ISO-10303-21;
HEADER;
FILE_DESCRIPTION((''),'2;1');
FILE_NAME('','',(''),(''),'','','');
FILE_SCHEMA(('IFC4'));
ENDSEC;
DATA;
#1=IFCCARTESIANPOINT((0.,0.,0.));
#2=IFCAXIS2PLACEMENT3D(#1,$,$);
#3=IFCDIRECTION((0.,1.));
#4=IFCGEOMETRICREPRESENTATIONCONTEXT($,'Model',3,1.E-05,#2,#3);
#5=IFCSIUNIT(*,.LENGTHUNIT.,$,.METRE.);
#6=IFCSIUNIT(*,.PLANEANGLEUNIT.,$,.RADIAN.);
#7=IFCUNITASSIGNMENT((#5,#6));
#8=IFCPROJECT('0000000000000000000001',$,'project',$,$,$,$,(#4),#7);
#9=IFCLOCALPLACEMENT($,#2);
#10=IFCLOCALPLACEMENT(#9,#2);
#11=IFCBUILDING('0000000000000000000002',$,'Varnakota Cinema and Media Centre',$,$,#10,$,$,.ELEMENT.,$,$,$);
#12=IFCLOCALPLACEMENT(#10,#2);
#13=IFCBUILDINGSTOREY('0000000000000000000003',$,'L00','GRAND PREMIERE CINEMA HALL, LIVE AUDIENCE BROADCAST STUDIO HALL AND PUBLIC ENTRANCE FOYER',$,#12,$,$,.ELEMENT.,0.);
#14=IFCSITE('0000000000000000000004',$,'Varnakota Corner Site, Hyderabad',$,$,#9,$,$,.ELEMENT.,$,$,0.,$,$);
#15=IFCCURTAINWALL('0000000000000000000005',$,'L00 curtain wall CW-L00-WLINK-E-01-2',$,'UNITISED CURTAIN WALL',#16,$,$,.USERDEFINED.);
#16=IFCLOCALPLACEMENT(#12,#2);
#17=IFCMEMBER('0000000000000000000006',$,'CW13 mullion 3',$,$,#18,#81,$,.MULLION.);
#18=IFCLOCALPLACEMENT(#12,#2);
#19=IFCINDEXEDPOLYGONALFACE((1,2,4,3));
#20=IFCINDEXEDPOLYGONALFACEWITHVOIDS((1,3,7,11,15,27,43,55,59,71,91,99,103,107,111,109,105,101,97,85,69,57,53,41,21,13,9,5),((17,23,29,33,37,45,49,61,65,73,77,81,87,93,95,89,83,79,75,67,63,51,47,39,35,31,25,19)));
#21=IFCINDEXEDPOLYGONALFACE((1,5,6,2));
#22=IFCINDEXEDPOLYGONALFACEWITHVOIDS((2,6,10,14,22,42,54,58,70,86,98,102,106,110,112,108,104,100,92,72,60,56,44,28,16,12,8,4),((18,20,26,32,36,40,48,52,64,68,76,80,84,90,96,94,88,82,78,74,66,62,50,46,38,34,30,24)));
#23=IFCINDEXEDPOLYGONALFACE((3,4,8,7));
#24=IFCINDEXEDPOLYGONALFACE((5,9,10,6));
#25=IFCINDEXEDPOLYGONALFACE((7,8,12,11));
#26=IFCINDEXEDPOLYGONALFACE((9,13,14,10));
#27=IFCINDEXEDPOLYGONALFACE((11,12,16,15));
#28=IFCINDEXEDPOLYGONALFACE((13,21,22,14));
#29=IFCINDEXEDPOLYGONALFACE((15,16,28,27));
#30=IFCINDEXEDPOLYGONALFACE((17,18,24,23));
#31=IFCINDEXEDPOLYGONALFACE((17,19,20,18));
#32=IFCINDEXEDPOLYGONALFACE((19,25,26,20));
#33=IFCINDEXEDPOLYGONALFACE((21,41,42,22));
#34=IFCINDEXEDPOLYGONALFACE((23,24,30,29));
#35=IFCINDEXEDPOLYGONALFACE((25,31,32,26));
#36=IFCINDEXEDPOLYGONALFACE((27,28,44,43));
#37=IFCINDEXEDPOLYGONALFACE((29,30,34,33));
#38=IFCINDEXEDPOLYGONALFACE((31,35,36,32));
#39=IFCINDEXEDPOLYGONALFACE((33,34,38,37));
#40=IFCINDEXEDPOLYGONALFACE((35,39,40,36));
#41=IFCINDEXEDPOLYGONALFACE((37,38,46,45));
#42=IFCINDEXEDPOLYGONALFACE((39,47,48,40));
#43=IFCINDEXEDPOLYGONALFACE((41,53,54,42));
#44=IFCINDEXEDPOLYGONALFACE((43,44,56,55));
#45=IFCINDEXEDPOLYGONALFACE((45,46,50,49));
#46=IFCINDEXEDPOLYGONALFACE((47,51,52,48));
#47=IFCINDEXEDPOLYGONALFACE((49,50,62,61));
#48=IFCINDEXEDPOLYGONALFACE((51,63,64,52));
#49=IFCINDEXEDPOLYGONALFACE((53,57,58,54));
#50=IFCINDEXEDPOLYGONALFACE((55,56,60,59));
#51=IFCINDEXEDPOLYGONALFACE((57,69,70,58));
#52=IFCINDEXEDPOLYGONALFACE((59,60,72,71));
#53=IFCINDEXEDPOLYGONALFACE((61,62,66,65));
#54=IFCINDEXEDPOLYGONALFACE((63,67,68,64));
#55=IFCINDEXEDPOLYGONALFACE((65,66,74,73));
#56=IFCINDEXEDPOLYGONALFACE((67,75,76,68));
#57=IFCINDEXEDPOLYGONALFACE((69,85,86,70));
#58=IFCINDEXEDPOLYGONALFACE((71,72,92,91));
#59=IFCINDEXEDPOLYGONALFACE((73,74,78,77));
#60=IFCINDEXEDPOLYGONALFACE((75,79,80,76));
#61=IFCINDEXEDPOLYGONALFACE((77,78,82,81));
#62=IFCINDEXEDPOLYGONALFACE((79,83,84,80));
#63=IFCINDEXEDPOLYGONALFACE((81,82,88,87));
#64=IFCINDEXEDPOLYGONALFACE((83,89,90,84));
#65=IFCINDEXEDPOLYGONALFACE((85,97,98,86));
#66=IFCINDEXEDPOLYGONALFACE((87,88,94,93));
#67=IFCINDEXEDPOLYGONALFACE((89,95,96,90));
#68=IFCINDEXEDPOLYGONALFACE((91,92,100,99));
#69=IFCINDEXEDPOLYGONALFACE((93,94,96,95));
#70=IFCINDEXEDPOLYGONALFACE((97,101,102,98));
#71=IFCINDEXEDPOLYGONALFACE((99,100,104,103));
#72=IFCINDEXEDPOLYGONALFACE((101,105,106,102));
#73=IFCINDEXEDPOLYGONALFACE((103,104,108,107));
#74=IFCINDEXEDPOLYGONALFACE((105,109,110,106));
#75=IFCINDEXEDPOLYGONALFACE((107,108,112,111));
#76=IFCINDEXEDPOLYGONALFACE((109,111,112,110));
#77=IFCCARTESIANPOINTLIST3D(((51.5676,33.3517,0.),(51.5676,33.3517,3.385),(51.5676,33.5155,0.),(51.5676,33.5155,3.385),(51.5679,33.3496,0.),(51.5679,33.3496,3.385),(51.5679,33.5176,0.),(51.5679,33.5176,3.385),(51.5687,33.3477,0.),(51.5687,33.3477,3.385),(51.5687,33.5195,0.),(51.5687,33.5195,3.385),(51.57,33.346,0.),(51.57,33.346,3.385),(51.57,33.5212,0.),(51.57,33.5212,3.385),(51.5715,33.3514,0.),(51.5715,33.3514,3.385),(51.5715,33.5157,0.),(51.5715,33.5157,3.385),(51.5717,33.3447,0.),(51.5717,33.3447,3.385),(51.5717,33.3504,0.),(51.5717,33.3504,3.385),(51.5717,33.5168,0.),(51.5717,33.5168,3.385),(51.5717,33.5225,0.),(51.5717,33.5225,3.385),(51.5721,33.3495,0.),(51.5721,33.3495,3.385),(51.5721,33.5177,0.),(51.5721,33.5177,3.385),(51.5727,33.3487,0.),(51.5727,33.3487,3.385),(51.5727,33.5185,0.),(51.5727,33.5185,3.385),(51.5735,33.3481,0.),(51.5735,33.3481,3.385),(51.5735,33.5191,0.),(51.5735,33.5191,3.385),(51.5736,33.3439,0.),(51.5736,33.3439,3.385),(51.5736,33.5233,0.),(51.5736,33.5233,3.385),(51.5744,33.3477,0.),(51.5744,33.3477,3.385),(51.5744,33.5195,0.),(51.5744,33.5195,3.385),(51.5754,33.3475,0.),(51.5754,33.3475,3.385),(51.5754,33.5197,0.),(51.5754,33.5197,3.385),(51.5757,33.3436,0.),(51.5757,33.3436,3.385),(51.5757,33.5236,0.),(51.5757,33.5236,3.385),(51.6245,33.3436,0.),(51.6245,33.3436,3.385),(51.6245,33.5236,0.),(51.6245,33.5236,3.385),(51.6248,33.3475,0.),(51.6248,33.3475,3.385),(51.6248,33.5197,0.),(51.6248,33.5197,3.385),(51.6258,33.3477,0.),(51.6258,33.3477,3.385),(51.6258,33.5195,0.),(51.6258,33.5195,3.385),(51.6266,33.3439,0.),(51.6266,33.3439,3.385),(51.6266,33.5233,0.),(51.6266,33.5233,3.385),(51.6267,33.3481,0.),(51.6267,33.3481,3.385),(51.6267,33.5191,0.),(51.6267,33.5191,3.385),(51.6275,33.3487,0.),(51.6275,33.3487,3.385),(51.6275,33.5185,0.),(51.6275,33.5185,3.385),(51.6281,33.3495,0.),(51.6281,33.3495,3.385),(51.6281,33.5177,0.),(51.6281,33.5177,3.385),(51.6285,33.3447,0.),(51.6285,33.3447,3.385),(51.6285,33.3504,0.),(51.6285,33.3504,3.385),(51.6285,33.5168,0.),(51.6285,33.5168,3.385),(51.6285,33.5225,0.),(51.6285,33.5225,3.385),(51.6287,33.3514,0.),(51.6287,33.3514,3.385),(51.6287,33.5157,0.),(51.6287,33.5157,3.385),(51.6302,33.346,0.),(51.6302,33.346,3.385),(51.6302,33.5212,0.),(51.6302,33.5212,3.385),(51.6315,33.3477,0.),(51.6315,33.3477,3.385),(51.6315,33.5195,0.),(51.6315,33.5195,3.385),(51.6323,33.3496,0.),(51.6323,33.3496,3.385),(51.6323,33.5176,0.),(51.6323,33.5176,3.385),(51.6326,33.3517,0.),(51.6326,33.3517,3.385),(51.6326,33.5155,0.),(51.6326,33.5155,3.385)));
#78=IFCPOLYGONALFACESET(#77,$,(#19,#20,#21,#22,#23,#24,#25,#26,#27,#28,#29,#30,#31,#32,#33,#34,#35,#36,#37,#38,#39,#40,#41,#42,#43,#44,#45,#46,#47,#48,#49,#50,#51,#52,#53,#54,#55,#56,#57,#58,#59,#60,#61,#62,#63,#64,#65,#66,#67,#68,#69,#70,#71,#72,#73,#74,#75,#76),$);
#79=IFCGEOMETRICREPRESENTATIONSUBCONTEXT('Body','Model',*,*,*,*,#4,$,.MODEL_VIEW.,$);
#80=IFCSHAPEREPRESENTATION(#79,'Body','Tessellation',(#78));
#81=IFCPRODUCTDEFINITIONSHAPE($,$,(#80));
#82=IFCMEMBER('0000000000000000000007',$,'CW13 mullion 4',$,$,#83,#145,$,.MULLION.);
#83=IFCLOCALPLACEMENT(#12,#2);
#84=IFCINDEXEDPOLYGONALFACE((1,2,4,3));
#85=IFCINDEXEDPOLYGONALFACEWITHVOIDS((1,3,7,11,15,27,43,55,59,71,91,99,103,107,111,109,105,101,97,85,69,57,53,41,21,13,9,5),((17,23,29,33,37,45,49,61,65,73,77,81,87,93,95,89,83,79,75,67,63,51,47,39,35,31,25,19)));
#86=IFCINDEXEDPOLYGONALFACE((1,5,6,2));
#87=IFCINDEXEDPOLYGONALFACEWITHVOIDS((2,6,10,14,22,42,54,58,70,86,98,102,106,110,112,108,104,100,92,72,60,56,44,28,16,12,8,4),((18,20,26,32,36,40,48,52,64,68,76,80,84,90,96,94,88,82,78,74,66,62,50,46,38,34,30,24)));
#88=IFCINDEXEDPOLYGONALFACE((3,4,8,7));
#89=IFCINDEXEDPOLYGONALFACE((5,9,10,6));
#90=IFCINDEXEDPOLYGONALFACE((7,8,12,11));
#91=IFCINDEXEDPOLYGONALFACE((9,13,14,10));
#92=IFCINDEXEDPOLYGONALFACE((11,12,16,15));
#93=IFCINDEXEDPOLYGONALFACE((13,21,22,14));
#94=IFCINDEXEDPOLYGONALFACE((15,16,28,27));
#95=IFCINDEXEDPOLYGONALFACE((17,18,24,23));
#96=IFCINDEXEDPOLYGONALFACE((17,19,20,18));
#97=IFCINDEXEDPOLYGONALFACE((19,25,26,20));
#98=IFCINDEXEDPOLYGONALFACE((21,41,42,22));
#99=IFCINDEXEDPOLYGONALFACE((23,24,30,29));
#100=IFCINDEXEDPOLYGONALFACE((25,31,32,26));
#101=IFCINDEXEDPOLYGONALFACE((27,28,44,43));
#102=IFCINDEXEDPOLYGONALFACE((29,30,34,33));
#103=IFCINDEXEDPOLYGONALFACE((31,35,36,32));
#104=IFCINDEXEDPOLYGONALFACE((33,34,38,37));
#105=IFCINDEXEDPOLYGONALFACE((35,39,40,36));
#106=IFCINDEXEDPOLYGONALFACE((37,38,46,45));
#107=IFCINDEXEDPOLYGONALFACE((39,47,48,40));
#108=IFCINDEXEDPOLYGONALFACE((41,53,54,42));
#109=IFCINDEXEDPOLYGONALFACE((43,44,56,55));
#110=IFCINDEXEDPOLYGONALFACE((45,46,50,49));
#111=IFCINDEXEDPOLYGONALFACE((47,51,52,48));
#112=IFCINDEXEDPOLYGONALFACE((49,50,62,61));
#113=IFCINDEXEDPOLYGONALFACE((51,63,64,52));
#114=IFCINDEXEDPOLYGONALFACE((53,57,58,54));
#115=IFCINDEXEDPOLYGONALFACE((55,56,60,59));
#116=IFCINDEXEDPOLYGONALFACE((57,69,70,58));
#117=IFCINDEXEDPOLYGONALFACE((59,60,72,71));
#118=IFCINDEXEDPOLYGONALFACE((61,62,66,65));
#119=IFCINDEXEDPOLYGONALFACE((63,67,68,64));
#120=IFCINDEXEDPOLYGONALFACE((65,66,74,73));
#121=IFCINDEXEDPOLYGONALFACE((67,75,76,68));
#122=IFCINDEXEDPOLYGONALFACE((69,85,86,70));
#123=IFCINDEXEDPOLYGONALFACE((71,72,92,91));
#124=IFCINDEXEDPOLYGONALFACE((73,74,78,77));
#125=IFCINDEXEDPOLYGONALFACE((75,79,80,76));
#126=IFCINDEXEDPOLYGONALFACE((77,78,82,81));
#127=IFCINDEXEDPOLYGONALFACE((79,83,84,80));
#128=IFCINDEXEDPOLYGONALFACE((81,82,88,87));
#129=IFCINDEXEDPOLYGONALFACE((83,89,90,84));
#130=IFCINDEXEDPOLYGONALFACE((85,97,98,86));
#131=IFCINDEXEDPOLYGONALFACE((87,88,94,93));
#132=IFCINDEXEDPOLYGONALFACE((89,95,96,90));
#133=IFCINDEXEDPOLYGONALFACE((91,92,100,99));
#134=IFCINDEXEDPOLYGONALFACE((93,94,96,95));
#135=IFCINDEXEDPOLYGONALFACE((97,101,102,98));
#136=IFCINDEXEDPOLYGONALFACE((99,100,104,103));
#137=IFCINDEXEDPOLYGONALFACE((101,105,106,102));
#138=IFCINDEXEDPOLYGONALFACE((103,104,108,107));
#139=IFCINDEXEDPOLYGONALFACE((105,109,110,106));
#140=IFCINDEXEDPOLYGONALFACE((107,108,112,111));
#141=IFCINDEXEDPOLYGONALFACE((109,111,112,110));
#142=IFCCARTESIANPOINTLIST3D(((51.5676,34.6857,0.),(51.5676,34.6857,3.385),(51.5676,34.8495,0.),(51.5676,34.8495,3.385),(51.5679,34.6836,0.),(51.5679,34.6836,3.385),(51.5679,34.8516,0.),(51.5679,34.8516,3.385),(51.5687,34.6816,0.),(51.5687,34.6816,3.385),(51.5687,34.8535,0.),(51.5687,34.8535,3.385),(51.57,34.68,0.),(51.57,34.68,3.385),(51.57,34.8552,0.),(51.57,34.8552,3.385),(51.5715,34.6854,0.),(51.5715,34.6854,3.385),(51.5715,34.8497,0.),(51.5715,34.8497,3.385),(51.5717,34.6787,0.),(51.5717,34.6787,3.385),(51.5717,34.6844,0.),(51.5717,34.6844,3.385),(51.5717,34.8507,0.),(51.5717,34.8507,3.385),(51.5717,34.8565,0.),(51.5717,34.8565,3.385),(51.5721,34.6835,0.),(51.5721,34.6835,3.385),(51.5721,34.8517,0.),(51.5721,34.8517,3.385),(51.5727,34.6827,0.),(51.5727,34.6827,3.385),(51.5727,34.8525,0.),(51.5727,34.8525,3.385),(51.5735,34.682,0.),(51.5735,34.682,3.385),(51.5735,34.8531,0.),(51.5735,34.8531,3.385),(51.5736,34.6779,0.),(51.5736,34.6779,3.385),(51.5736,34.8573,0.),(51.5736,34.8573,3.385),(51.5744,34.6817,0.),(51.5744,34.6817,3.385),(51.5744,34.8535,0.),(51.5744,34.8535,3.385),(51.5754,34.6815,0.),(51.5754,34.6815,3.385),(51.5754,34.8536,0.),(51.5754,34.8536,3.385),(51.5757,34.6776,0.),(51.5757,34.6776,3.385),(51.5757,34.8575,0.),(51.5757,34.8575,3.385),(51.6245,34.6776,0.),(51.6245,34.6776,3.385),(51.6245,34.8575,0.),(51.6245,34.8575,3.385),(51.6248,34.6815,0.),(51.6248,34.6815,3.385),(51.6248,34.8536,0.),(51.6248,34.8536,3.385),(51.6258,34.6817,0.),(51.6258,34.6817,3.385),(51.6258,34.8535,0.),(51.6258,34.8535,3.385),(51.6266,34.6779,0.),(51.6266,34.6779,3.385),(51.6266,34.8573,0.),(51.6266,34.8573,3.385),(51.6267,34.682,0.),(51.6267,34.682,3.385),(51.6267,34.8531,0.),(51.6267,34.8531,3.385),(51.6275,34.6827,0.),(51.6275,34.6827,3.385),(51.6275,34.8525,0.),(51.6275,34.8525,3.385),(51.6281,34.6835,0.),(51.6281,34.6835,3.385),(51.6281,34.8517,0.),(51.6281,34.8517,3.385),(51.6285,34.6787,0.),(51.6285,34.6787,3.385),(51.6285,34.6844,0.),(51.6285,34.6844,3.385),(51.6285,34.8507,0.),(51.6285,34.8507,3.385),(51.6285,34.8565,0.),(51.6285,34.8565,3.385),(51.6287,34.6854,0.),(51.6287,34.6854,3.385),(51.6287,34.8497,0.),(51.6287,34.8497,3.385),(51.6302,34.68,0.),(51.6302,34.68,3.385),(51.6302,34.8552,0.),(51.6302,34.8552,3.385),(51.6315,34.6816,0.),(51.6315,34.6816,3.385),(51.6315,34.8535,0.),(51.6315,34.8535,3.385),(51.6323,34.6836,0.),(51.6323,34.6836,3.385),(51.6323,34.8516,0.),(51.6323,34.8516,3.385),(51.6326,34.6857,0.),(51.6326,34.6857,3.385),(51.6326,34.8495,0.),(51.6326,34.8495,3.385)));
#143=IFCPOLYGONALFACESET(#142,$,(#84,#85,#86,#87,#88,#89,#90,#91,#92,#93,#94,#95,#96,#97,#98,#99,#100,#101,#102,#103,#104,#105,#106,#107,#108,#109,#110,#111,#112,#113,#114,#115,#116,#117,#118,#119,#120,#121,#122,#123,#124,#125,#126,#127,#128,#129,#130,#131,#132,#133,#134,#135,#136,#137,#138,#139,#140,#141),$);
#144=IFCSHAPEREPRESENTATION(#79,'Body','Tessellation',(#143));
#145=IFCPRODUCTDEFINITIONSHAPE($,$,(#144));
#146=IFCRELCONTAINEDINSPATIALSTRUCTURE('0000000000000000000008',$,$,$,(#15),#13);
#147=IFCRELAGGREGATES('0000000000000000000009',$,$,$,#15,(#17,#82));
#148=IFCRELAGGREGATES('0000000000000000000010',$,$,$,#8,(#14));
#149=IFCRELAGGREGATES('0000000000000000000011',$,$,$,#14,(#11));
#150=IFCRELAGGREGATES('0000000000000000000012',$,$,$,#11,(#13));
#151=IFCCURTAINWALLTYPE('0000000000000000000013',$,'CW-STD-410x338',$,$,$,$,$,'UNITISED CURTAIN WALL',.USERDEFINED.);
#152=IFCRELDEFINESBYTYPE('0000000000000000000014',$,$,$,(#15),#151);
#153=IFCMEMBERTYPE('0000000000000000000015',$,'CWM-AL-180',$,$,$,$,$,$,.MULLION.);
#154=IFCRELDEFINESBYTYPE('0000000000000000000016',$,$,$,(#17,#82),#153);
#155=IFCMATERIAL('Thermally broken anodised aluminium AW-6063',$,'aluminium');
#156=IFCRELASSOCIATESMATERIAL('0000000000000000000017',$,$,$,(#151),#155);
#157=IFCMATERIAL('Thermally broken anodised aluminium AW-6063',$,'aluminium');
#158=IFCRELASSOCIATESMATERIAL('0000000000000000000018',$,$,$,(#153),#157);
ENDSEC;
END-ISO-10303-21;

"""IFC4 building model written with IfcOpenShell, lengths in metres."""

from ifc_helpers import new_model, si_unit, direction, frame, origin, origin_2d, place, context, subcontext, project, spatial, hollow_rectangle, extrude, material, material_profile, profile_set, type_object, element, aggregate, save


model = new_model("IFC4")

# Units and contexts
model_context = context("Model", 3, precision=1e-05, world=origin(), true_north=direction((0.0, 1.0)))
body_context = subcontext(model_context, "Body", "Model", "MODEL_VIEW")
ifc_project = project(units=[si_unit("LENGTHUNIT", "METRE"), si_unit("PLANEANGLEUNIT", "RADIAN")], contexts=[model_context])

# Site, building, storey
site_placement = place(None, origin())
site = spatial("IfcSite", under=ifc_project, at=site_placement, Name="Varnakota Corner Site, Hyderabad", CompositionType="ELEMENT", RefElevation=0.0)
building_placement = place(site_placement, origin())
building = spatial("IfcBuilding", under=site, at=building_placement, Name="Varnakota Cinema and Media Centre", CompositionType="ELEMENT")
storey_placement = place(building_placement, origin())
storey = spatial("IfcBuildingStorey", under=building, at=storey_placement, Name="L00", Description="GRAND PREMIERE CINEMA HALL, LIVE AUDIENCE BROADCAST STUDIO HALL AND PUBLIC ENTRANCE FOYER", CompositionType="ELEMENT", Elevation=0.0)

# Shared definitions
ifc_material_1 = material(Name="Thermally broken anodised aluminium AW-6063", Category="aluminium")
curtain_wall_type = type_object("IfcCurtainWallType", Name="CW-STD-410x338", ElementType="UNITISED CURTAIN WALL", PredefinedType="USERDEFINED", material=ifc_material_1)
ifc_material_2 = material(Name="Thermally broken anodised aluminium AW-6063", Category="aluminium")
ifc_material_profile_1 = material_profile(ifc_material_2, hollow_rectangle(XDim=0.0649, YDim=0.1799, WallThickness=0.0039, InnerFilletRadius=0.0039, OuterFilletRadius=0.0081, at=origin_2d()), Name="AL-MULLION 180x65x4")
ifc_profile_set_1 = profile_set([ifc_material_profile_1], Name="Thermally broken anodised aluminium AW-6063")
member_type_1 = type_object("IfcMemberType", Name="CWM-AL-180", PredefinedType="MULLION", material=ifc_profile_set_1)

# Curtain wall, members
curtain_wall_1_placement = place(storey_placement, origin())
curtain_wall_1 = element("IfcCurtainWall", 1, at=curtain_wall_1_placement, inside=storey, type_object=curtain_wall_type, Name="L00 curtain wall CW-L00-WLINK-E-01-2", ObjectType="UNITISED CURTAIN WALL", PredefinedType="USERDEFINED")
member_1_placement = place(storey_placement, frame((51.6001, 33.4336, 0.0), z_axis=(0.0, 0.0, 1.0), x_axis=(-1.0, 0.0, 0.0)))
member_1 = element("IfcMember", 2, at=member_1_placement, type_object=member_type_1, Name="CW13 mullion 3", PredefinedType="MULLION", context=body_context, shape_type="SweptSolid", body=[
    extrude(hollow_rectangle(XDim=0.0649, YDim=0.1799, WallThickness=0.0039, InnerFilletRadius=0.0039, OuterFilletRadius=0.0081, at=origin_2d()), origin(), (0.0, 0.0, 1.0), 3.385),
])
member_2_placement = place(storey_placement, frame((51.6001, 34.7676, 0.0), z_axis=(0.0, 0.0, 1.0), x_axis=(-1.0, 0.0, 0.0)))
member_2 = element("IfcMember", 3, at=member_2_placement, type_object=member_type_1, Name="CW13 mullion 4", PredefinedType="MULLION", context=body_context, shape_type="SweptSolid", body=[
    extrude(hollow_rectangle(XDim=0.0649, YDim=0.1799, WallThickness=0.0039, InnerFilletRadius=0.0039, OuterFilletRadius=0.0081, at=origin_2d()), origin(), (0.0, 0.0, 1.0), 3.385),
])
aggregate(curtain_wall_1, [member_1, member_2])

save(model, "model.ifc")
